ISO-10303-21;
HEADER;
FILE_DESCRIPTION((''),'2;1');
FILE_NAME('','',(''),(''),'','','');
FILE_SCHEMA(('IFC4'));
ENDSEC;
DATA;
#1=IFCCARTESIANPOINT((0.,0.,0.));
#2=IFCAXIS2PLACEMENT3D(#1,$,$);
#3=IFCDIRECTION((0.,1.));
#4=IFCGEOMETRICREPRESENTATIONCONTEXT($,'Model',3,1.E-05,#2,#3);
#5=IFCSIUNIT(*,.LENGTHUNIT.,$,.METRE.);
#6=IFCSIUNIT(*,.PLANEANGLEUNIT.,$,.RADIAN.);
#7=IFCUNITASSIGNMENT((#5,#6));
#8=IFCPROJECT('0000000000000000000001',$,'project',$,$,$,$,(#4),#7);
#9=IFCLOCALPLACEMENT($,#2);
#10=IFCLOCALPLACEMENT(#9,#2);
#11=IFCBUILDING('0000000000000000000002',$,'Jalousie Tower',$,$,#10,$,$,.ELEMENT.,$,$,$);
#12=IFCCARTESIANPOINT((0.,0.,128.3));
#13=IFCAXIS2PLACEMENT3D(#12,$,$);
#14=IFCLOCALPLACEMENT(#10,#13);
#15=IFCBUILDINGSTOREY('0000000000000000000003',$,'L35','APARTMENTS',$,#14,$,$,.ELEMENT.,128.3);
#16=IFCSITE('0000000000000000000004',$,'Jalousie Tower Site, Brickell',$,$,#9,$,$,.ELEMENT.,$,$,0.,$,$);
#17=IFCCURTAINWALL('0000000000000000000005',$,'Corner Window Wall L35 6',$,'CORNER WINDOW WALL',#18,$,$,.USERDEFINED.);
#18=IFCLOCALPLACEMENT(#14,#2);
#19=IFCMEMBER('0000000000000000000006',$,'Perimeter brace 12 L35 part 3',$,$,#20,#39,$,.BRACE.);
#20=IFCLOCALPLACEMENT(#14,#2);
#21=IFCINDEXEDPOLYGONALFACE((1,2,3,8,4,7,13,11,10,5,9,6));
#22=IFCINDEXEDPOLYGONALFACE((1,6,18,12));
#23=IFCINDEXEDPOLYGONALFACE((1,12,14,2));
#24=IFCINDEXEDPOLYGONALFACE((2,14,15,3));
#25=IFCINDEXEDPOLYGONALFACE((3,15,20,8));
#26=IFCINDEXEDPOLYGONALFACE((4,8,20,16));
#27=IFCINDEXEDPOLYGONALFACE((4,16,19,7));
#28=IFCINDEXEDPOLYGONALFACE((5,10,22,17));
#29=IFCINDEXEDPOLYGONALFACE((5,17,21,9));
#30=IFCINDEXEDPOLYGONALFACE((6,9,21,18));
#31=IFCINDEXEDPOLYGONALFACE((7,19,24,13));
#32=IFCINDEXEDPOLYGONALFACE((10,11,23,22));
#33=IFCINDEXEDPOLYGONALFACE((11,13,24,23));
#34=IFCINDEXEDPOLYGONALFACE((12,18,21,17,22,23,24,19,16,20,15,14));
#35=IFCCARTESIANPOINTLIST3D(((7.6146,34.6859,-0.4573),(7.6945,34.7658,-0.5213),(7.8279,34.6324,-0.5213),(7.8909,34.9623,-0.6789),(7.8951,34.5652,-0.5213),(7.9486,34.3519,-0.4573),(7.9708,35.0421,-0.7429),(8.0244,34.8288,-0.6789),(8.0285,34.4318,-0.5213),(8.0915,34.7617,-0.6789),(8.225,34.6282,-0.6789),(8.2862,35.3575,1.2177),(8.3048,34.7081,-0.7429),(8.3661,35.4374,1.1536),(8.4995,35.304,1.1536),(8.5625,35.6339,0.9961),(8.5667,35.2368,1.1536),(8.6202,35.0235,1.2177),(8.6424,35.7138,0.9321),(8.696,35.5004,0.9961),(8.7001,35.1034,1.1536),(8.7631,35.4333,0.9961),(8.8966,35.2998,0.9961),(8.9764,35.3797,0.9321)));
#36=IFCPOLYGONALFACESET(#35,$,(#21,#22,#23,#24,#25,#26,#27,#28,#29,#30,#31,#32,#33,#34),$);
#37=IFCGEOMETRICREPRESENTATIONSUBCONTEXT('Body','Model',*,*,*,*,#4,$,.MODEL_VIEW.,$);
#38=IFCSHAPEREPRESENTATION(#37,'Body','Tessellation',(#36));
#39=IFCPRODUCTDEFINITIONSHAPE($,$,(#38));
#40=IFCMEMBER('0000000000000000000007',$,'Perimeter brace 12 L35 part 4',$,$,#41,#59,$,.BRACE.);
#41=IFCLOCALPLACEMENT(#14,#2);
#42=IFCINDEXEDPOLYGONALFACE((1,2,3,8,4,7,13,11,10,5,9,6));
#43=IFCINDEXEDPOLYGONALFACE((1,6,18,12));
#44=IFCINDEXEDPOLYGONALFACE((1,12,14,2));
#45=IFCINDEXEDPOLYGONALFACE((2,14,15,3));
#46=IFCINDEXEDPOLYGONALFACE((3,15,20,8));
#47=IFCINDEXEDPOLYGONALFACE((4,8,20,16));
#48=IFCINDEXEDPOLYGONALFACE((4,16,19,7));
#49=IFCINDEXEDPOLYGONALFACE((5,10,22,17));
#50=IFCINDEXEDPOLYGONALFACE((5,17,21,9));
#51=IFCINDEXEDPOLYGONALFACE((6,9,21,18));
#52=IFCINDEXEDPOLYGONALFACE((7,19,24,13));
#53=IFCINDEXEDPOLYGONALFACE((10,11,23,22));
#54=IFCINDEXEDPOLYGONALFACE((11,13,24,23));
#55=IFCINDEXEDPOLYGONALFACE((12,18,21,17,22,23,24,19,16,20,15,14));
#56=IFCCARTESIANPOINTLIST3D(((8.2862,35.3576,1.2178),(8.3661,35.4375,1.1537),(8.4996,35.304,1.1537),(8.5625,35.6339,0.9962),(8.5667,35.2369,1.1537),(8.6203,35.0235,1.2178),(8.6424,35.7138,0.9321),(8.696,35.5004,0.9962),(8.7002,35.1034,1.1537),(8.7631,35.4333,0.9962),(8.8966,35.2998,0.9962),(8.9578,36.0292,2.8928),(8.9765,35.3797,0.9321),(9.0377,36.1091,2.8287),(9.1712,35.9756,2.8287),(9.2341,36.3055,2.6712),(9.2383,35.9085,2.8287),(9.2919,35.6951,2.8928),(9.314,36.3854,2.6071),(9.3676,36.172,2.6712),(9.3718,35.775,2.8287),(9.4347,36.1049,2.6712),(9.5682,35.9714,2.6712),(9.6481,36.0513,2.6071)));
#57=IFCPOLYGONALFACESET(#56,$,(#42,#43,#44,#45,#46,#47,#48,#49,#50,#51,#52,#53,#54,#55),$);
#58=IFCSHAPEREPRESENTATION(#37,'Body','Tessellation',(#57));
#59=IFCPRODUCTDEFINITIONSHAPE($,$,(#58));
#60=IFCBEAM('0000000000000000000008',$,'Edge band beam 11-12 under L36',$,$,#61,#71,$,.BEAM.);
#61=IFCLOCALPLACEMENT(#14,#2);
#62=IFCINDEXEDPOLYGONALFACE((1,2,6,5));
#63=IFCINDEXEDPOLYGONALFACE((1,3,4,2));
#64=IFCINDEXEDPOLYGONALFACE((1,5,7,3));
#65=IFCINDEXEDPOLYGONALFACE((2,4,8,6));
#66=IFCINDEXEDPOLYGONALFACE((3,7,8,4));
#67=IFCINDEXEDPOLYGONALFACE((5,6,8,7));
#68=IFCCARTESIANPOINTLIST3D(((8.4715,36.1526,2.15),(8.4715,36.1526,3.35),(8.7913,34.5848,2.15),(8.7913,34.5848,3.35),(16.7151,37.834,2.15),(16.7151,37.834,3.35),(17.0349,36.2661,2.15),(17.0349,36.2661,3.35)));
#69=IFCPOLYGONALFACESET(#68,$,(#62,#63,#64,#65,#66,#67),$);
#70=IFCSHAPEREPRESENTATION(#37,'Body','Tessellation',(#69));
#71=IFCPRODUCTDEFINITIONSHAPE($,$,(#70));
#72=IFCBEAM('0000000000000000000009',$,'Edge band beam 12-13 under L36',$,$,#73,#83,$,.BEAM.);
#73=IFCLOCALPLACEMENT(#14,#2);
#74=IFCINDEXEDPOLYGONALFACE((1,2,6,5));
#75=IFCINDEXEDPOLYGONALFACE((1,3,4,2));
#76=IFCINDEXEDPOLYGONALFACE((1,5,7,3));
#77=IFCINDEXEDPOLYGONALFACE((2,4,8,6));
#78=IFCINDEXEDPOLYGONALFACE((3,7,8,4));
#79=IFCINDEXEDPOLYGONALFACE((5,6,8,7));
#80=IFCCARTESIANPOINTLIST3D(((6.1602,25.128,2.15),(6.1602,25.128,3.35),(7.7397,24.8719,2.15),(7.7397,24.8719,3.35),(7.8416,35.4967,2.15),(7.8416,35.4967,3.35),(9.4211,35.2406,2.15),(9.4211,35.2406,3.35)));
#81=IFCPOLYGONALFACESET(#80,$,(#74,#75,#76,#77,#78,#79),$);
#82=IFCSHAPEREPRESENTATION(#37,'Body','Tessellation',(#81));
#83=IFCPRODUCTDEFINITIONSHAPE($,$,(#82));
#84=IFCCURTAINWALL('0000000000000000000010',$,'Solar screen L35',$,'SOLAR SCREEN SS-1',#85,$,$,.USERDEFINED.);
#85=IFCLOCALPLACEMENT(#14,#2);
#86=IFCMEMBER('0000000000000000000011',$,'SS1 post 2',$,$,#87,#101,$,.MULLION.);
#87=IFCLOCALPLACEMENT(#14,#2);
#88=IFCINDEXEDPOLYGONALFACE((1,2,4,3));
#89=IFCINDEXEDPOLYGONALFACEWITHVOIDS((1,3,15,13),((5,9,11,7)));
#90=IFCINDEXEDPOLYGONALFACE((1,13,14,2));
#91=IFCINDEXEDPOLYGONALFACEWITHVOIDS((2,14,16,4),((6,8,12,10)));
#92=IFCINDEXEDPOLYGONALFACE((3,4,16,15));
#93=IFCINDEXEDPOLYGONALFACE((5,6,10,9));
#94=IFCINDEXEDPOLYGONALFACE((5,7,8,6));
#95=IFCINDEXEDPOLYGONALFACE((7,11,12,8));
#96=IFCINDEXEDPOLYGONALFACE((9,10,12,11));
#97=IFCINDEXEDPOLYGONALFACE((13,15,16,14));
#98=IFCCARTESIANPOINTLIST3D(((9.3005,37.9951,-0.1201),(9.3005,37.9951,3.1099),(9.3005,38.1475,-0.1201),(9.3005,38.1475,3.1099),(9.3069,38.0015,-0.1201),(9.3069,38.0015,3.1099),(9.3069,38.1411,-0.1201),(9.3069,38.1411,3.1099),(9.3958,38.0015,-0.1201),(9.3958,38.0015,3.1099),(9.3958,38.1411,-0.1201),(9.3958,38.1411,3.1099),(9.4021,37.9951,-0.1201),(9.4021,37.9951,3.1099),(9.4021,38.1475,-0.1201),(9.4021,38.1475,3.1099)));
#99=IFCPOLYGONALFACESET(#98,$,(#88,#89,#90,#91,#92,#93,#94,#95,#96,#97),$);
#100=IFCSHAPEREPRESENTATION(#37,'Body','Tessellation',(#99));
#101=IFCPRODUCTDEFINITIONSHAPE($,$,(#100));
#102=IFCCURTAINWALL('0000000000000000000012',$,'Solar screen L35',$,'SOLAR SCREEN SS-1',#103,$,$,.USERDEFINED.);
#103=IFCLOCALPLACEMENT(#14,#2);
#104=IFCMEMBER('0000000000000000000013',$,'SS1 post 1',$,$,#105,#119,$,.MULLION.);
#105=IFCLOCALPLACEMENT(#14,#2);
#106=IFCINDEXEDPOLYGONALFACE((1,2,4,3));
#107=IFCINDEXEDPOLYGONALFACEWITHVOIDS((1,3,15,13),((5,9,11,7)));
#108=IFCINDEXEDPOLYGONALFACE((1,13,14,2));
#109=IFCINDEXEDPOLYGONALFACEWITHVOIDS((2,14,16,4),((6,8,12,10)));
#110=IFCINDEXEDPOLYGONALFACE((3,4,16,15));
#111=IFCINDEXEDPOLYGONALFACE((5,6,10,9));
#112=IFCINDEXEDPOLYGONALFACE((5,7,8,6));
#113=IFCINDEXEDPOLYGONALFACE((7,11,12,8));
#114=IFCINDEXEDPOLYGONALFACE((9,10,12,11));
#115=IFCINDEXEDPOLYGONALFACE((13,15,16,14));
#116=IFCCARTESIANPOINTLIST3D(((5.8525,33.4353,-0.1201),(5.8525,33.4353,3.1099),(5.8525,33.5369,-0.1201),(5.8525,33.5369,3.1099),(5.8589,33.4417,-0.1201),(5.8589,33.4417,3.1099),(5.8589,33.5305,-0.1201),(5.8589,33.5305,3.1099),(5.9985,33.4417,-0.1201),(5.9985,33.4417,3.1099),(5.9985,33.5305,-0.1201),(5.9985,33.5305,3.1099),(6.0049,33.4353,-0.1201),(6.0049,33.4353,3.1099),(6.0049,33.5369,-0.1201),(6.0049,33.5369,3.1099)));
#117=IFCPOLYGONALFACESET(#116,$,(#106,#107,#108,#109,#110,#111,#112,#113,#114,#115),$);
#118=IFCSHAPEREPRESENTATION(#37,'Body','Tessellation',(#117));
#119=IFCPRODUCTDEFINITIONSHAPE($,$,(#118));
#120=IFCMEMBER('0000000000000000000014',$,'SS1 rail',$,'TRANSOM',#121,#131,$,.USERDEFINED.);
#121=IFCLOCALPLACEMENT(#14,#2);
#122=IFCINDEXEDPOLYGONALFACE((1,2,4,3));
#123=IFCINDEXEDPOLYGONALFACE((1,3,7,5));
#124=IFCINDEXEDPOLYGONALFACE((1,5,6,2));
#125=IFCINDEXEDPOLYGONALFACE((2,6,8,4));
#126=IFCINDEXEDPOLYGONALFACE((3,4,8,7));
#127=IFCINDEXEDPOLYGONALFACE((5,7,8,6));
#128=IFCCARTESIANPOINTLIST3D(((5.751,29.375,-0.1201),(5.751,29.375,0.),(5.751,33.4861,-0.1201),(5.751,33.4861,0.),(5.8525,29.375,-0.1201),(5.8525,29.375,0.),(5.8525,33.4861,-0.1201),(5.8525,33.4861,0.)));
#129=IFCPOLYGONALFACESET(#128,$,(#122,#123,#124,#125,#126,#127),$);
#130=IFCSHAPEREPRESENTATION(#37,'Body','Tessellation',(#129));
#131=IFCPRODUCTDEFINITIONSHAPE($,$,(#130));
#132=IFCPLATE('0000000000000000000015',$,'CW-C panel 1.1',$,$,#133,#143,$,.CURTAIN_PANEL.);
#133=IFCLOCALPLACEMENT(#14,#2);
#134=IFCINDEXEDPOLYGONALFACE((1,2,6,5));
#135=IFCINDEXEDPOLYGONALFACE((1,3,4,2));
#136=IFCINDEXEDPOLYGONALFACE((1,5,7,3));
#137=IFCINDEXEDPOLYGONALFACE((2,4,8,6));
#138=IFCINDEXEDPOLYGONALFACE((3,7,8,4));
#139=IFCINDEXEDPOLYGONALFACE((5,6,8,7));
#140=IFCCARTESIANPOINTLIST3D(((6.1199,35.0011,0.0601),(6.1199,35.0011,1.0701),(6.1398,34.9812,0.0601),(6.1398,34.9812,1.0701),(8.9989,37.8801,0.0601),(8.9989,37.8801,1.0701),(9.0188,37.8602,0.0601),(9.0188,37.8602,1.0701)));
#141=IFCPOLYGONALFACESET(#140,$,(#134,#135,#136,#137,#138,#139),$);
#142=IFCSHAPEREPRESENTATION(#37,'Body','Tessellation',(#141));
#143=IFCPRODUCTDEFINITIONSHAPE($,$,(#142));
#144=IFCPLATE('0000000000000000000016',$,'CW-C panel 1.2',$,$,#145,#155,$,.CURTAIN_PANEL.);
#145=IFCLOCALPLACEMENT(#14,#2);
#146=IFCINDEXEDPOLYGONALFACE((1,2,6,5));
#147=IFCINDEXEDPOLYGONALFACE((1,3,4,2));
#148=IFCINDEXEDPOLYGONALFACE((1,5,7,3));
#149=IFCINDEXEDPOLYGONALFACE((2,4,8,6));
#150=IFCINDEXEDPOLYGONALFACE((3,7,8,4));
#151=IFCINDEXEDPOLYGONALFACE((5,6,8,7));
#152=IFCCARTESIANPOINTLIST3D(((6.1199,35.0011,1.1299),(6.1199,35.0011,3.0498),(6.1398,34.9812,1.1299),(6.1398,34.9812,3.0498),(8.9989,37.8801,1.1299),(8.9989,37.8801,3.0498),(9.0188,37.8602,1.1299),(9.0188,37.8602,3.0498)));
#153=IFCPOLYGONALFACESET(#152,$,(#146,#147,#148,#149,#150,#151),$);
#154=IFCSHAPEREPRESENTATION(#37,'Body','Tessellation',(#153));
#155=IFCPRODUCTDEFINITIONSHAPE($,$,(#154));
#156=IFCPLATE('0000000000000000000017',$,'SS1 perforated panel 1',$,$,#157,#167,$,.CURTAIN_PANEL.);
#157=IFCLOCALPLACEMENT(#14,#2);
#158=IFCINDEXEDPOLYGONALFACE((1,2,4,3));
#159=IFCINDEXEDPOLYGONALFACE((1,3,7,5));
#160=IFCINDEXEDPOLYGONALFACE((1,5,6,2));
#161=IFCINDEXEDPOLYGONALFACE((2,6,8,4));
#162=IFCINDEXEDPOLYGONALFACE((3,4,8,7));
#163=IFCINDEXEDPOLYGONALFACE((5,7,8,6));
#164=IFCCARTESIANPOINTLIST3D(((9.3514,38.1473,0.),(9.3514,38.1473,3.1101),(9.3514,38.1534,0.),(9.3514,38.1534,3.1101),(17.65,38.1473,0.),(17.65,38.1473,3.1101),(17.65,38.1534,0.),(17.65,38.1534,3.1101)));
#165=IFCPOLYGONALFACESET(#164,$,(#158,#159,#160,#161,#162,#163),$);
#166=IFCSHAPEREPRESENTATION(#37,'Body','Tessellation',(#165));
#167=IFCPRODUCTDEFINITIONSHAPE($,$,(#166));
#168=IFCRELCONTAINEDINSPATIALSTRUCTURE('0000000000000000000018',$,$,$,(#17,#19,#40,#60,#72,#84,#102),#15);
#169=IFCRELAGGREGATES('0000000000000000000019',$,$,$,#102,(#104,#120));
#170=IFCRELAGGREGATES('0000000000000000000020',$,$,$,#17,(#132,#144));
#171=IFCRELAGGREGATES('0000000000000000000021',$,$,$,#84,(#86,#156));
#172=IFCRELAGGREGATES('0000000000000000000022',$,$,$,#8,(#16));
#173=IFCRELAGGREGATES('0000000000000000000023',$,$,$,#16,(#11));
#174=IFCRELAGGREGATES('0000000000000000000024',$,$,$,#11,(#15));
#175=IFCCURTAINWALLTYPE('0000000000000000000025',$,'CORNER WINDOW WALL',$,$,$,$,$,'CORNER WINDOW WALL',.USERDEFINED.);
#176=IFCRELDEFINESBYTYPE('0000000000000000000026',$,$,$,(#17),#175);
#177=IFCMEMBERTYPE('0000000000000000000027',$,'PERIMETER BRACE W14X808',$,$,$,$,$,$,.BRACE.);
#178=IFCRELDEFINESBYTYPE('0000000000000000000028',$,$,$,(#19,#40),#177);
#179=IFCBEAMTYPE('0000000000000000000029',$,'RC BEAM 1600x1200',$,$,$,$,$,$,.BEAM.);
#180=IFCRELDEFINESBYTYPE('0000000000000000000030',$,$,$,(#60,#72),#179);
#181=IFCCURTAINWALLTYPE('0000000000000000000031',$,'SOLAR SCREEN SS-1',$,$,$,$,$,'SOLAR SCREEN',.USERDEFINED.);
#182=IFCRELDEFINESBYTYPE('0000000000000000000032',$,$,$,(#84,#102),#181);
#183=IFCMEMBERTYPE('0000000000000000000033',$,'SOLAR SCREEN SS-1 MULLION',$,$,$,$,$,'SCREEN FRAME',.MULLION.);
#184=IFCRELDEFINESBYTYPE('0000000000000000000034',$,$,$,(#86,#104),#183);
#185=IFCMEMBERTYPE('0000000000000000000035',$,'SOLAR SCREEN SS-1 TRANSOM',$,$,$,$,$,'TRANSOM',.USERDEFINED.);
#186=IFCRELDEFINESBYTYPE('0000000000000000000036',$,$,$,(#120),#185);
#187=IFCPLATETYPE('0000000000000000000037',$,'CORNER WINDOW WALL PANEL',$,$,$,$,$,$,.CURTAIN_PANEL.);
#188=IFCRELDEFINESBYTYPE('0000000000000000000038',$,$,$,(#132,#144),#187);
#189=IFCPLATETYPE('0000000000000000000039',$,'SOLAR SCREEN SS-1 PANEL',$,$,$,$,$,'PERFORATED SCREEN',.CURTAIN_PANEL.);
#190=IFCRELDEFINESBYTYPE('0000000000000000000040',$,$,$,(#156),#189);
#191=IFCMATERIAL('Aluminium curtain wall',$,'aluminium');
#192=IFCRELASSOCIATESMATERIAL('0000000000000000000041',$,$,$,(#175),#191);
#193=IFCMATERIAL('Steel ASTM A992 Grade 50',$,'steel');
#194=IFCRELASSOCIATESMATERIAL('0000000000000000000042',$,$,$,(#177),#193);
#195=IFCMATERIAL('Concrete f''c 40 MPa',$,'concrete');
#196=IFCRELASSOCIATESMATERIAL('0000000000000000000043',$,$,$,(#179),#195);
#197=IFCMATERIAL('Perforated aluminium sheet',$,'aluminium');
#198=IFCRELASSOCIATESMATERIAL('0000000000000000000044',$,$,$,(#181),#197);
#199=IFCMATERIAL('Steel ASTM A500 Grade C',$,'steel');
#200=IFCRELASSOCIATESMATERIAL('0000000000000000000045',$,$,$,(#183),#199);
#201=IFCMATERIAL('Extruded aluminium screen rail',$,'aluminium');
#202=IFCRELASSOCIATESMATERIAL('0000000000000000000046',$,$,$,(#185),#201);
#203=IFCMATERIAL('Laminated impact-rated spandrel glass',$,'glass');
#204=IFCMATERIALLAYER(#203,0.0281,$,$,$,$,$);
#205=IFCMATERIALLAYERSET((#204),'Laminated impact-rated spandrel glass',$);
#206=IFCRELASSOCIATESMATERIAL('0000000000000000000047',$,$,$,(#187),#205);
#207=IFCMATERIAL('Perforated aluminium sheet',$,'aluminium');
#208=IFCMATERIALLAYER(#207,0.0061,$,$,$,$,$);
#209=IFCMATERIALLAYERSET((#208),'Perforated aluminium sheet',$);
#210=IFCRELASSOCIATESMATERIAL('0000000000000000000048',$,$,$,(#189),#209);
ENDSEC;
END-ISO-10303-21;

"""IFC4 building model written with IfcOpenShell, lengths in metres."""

from ifc_helpers import new_model, si_unit, direction, frame, origin, origin_2d, place, context, subcontext, project, spatial, rectangle, hollow_rectangle, i_section, extrude, material, layer, layer_set, material_profile, profile_set, type_object, element, aggregate, save


model = new_model("IFC4")

# Units and contexts
model_context = context("Model", 3, precision=1e-05, world=origin(), true_north=direction((0.0, 1.0)))
body_context = subcontext(model_context, "Body", "Model", "MODEL_VIEW")
ifc_project = project(units=[si_unit("LENGTHUNIT", "METRE"), si_unit("PLANEANGLEUNIT", "RADIAN")], contexts=[model_context])

# Site, building, storey
site_placement = place(None, origin())
site = spatial("IfcSite", under=ifc_project, at=site_placement, Name="Jalousie Tower Site, Brickell", CompositionType="ELEMENT", RefElevation=0.0)
building_placement = place(site_placement, origin())
building = spatial("IfcBuilding", under=site, at=building_placement, Name="Jalousie Tower", CompositionType="ELEMENT")
storey_placement = place(building_placement, frame((0.0, 0.0, 128.3)))
storey = spatial("IfcBuildingStorey", under=building, at=storey_placement, Name="L35", Description="APARTMENTS", CompositionType="ELEMENT", Elevation=128.3)

# Curtain wall
ifc_material_1 = material(Name="Aluminium curtain wall", Category="aluminium")
curtain_wall_type_1 = type_object("IfcCurtainWallType", Name="CORNER WINDOW WALL", ElementType="CORNER WINDOW WALL", PredefinedType="USERDEFINED", material=ifc_material_1)
curtain_wall_1_placement = place(storey_placement, origin())
curtain_wall_1 = element("IfcCurtainWall", 1, at=curtain_wall_1_placement, inside=storey, type_object=curtain_wall_type_1, Name="Corner Window Wall L35 6", ObjectType="CORNER WINDOW WALL", PredefinedType="USERDEFINED")

# Members
ifc_material_2 = material(Name="Steel ASTM A992 Grade 50", Category="steel")
ifc_material_profile_1 = material_profile(ifc_material_2, i_section(OverallWidth=0.4724, OverallDepth=0.5791, WebThickness=0.095, FlangeThickness=0.1299, at=origin_2d()), Name="W14X808")
ifc_profile_set_1 = profile_set([ifc_material_profile_1], Name="Steel ASTM A992 Grade 50")
member_type_1 = type_object("IfcMemberType", Name="PERIMETER BRACE W14X808", PredefinedType="BRACE", material=ifc_profile_set_1)
for number, where, z_axis, x_axis, name in (
    (2, (7.9597, 34.697, -0.6001), (0.348789, 0.348789, 0.869881), (-0.707107, 0.707107, 0.0), "Perimeter brace 12 L35 part 3"),
    (3, (8.6313, 35.3687, 1.075), (0.348789, 0.348789, 0.869881), (-0.707107, 0.707107, 0.0), "Perimeter brace 12 L35 part 4"),
):
    element("IfcMember", number, at=place(storey_placement, frame(where, z_axis=z_axis, x_axis=x_axis)), inside=storey, type_object=member_type_1, Name=name, PredefinedType="BRACE", context=body_context, shape_type="SweptSolid", body=[
        extrude(i_section(OverallWidth=0.4724, OverallDepth=0.5791, WebThickness=0.095, FlangeThickness=0.1299, at=origin_2d()), origin(), (0.0, 0.0, 1.0), 1.9255),
    ])

# Beams
ifc_material_3 = material(Name="Concrete f'c 40 MPa", Category="concrete")
ifc_material_profile_2 = material_profile(ifc_material_3, rectangle(XDim=1.6001, YDim=1.2, at=origin_2d()), Name="RC 1600x1200")
ifc_profile_set_2 = profile_set([ifc_material_profile_2], Name="Concrete f'c 40 MPa")
beam_type_1 = type_object("IfcBeamType", Name="RC BEAM 1600x1200", PredefinedType="BEAM", material=ifc_profile_set_2)
beam_1_placement = place(storey_placement, frame((16.875, 37.05, 2.75), z_axis=(-0.979827, -0.199848, 0.0), x_axis=(0.199848, -0.979827, 0.0)))
element("IfcBeam", 4, at=beam_1_placement, inside=storey, type_object=beam_type_1, Name="Edge band beam 11-12 under L36", PredefinedType="BEAM", context=body_context, shape_type="SweptSolid", body=[
    extrude(rectangle(XDim=1.6001, YDim=1.2, at=origin_2d()), origin(), (0.0, 0.0, 1.0), 8.4133),
])
beam_2_placement = place(storey_placement, frame((8.6313, 35.3687, 2.75), z_axis=(-0.160071, -0.987106, 0.0), x_axis=(0.987106, -0.160071, 0.0)))
element("IfcBeam", 5, at=beam_2_placement, inside=storey, type_object=beam_type_1, Name="Edge band beam 12-13 under L36", PredefinedType="BEAM", context=body_context, shape_type="SweptSolid", body=[
    extrude(rectangle(XDim=1.6001, YDim=1.2, at=origin_2d()), origin(), (0.0, 0.0, 1.0), 10.5042),
])

# Curtain wall, member
ifc_material_4 = material(Name="Perforated aluminium sheet", Category="aluminium")
curtain_wall_type_2 = type_object("IfcCurtainWallType", Name="SOLAR SCREEN SS-1", ElementType="SOLAR SCREEN", PredefinedType="USERDEFINED", material=ifc_material_4)
curtain_wall_2_placement = place(storey_placement, origin())
curtain_wall_2 = element("IfcCurtainWall", 6, at=curtain_wall_2_placement, inside=storey, type_object=curtain_wall_type_2, Name="Solar screen L35", ObjectType="SOLAR SCREEN SS-1", PredefinedType="USERDEFINED")
ifc_material_5 = material(Name="Steel ASTM A500 Grade C", Category="steel")
ifc_material_profile_3 = material_profile(ifc_material_5, hollow_rectangle(XDim=0.1016, YDim=0.1523, WallThickness=0.0063, at=origin_2d()), Name="HSS6X4X1/4")
ifc_profile_set_3 = profile_set([ifc_material_profile_3], Name="Steel ASTM A500 Grade C")
member_type_2 = type_object("IfcMemberType", Name="SOLAR SCREEN SS-1 MULLION", ElementType="SCREEN FRAME", PredefinedType="MULLION", material=ifc_profile_set_3)
member_1_placement = place(storey_placement, frame((9.3513, 38.0713, -0.1201), z_axis=(0.0, 0.0, 1.0), x_axis=(-1.0, 0.0, 0.0)))
member_1 = element("IfcMember", 7, at=member_1_placement, type_object=member_type_2, Name="SS1 post 2", PredefinedType="MULLION", context=body_context, shape_type="SweptSolid", body=[
    extrude(hollow_rectangle(XDim=0.1016, YDim=0.1523, WallThickness=0.0063, at=origin_2d()), origin(), (0.0, 0.0, 1.0), 3.23),
])

# Curtain wall, members
curtain_wall_3_placement = place(storey_placement, origin())
curtain_wall_3 = element("IfcCurtainWall", 8, at=curtain_wall_3_placement, inside=storey, type_object=curtain_wall_type_2, Name="Solar screen L35", ObjectType="SOLAR SCREEN SS-1", PredefinedType="USERDEFINED")
member_2_placement = place(storey_placement, frame((5.9287, 33.4861, -0.1201), z_axis=(0.0, 0.0, 1.0), x_axis=(0.0, -1.0, 0.0)))
member_2 = element("IfcMember", 9, at=member_2_placement, type_object=member_type_2, Name="SS1 post 1", PredefinedType="MULLION", context=body_context, shape_type="SweptSolid", body=[
    extrude(hollow_rectangle(XDim=0.1016, YDim=0.1523, WallThickness=0.0063, at=origin_2d()), origin(), (0.0, 0.0, 1.0), 3.23),
])
ifc_material_6 = material(Name="Extruded aluminium screen rail", Category="aluminium")
ifc_material_profile_4 = material_profile(ifc_material_6, rectangle(XDim=0.1016, YDim=0.1201, at=origin_2d()), Name="RAIL 102x120")
ifc_profile_set_4 = profile_set([ifc_material_profile_4], Name="Extruded aluminium screen rail")
member_type_3 = type_object("IfcMemberType", Name="SOLAR SCREEN SS-1 TRANSOM", ElementType="TRANSOM", PredefinedType="USERDEFINED", material=ifc_profile_set_4)
member_3_placement = place(storey_placement, frame((5.8018, 33.4861, -0.0601), z_axis=(0.0, -1.0, 0.0), x_axis=(1.0, 0.0, 0.0)))
member_3 = element("IfcMember", 10, at=member_3_placement, type_object=member_type_3, Name="SS1 rail", ObjectType="TRANSOM", PredefinedType="USERDEFINED", context=body_context, shape_type="SweptSolid", body=[
    extrude(rectangle(XDim=0.1016, YDim=0.1201, at=origin_2d()), origin(), (0.0, 0.0, 1.0), 4.1111),
])
aggregate(curtain_wall_3, [member_2, member_3])

# Plates
ifc_material_7 = material(Name="Laminated impact-rated spandrel glass", Category="glass")
ifc_layer_1 = layer(ifc_material_7, 0.0281)
ifc_layer_set_1 = layer_set([ifc_layer_1], Name="Laminated impact-rated spandrel glass")
plate_type_1 = type_object("IfcPlateType", Name="CORNER WINDOW WALL PANEL", PredefinedType="CURTAIN_PANEL", material=ifc_layer_set_1)
plate_1_placement = place(storey_placement, frame((7.5693, 36.4307, 0.0601), z_axis=(0.0, 0.0, 1.0), x_axis=(-0.707107, -0.707107, 0.0)))
plate_1 = element("IfcPlate", 11, at=plate_1_placement, type_object=plate_type_1, Name="CW-C panel 1.1", PredefinedType="CURTAIN_PANEL", context=body_context, shape_type="SweptSolid", body=[
    extrude(rectangle(XDim=4.0715, YDim=0.0281, at=origin_2d()), origin(), (0.0, 0.0, 1.0), 1.01),
])
plate_2_placement = place(storey_placement, frame((7.5693, 36.4307, 1.1299), z_axis=(0.0, 0.0, 1.0), x_axis=(-0.707107, -0.707107, 0.0)))
plate_2 = element("IfcPlate", 12, at=plate_2_placement, type_object=plate_type_1, Name="CW-C panel 1.2", PredefinedType="CURTAIN_PANEL", context=body_context, shape_type="SweptSolid", body=[
    extrude(rectangle(XDim=4.0715, YDim=0.0281, at=origin_2d()), origin(), (0.0, 0.0, 1.0), 1.9199),
])
aggregate(curtain_wall_1, [plate_1, plate_2])
ifc_material_8 = material(Name="Perforated aluminium sheet", Category="aluminium")
ifc_layer_2 = layer(ifc_material_8, 0.0061)
ifc_layer_set_2 = layer_set([ifc_layer_2], Name="Perforated aluminium sheet")
plate_type_2 = type_object("IfcPlateType", Name="SOLAR SCREEN SS-1 PANEL", ElementType="PERFORATED SCREEN", PredefinedType="CURTAIN_PANEL", material=ifc_layer_set_2)
plate_3_placement = place(storey_placement, frame((13.5007, 38.1504, 0.0), z_axis=(0.0, 0.0, 1.0), x_axis=(-1.0, 0.0, 0.0)))
plate_3 = element("IfcPlate", 13, at=plate_3_placement, type_object=plate_type_2, Name="SS1 perforated panel 1", PredefinedType="CURTAIN_PANEL", context=body_context, shape_type="SweptSolid", body=[
    extrude(rectangle(XDim=8.2986, YDim=0.0061, at=origin_2d()), origin(), (0.0, 0.0, 1.0), 3.1101),
])
aggregate(curtain_wall_2, [member_1, plate_3])

save(model, "model.ifc")
